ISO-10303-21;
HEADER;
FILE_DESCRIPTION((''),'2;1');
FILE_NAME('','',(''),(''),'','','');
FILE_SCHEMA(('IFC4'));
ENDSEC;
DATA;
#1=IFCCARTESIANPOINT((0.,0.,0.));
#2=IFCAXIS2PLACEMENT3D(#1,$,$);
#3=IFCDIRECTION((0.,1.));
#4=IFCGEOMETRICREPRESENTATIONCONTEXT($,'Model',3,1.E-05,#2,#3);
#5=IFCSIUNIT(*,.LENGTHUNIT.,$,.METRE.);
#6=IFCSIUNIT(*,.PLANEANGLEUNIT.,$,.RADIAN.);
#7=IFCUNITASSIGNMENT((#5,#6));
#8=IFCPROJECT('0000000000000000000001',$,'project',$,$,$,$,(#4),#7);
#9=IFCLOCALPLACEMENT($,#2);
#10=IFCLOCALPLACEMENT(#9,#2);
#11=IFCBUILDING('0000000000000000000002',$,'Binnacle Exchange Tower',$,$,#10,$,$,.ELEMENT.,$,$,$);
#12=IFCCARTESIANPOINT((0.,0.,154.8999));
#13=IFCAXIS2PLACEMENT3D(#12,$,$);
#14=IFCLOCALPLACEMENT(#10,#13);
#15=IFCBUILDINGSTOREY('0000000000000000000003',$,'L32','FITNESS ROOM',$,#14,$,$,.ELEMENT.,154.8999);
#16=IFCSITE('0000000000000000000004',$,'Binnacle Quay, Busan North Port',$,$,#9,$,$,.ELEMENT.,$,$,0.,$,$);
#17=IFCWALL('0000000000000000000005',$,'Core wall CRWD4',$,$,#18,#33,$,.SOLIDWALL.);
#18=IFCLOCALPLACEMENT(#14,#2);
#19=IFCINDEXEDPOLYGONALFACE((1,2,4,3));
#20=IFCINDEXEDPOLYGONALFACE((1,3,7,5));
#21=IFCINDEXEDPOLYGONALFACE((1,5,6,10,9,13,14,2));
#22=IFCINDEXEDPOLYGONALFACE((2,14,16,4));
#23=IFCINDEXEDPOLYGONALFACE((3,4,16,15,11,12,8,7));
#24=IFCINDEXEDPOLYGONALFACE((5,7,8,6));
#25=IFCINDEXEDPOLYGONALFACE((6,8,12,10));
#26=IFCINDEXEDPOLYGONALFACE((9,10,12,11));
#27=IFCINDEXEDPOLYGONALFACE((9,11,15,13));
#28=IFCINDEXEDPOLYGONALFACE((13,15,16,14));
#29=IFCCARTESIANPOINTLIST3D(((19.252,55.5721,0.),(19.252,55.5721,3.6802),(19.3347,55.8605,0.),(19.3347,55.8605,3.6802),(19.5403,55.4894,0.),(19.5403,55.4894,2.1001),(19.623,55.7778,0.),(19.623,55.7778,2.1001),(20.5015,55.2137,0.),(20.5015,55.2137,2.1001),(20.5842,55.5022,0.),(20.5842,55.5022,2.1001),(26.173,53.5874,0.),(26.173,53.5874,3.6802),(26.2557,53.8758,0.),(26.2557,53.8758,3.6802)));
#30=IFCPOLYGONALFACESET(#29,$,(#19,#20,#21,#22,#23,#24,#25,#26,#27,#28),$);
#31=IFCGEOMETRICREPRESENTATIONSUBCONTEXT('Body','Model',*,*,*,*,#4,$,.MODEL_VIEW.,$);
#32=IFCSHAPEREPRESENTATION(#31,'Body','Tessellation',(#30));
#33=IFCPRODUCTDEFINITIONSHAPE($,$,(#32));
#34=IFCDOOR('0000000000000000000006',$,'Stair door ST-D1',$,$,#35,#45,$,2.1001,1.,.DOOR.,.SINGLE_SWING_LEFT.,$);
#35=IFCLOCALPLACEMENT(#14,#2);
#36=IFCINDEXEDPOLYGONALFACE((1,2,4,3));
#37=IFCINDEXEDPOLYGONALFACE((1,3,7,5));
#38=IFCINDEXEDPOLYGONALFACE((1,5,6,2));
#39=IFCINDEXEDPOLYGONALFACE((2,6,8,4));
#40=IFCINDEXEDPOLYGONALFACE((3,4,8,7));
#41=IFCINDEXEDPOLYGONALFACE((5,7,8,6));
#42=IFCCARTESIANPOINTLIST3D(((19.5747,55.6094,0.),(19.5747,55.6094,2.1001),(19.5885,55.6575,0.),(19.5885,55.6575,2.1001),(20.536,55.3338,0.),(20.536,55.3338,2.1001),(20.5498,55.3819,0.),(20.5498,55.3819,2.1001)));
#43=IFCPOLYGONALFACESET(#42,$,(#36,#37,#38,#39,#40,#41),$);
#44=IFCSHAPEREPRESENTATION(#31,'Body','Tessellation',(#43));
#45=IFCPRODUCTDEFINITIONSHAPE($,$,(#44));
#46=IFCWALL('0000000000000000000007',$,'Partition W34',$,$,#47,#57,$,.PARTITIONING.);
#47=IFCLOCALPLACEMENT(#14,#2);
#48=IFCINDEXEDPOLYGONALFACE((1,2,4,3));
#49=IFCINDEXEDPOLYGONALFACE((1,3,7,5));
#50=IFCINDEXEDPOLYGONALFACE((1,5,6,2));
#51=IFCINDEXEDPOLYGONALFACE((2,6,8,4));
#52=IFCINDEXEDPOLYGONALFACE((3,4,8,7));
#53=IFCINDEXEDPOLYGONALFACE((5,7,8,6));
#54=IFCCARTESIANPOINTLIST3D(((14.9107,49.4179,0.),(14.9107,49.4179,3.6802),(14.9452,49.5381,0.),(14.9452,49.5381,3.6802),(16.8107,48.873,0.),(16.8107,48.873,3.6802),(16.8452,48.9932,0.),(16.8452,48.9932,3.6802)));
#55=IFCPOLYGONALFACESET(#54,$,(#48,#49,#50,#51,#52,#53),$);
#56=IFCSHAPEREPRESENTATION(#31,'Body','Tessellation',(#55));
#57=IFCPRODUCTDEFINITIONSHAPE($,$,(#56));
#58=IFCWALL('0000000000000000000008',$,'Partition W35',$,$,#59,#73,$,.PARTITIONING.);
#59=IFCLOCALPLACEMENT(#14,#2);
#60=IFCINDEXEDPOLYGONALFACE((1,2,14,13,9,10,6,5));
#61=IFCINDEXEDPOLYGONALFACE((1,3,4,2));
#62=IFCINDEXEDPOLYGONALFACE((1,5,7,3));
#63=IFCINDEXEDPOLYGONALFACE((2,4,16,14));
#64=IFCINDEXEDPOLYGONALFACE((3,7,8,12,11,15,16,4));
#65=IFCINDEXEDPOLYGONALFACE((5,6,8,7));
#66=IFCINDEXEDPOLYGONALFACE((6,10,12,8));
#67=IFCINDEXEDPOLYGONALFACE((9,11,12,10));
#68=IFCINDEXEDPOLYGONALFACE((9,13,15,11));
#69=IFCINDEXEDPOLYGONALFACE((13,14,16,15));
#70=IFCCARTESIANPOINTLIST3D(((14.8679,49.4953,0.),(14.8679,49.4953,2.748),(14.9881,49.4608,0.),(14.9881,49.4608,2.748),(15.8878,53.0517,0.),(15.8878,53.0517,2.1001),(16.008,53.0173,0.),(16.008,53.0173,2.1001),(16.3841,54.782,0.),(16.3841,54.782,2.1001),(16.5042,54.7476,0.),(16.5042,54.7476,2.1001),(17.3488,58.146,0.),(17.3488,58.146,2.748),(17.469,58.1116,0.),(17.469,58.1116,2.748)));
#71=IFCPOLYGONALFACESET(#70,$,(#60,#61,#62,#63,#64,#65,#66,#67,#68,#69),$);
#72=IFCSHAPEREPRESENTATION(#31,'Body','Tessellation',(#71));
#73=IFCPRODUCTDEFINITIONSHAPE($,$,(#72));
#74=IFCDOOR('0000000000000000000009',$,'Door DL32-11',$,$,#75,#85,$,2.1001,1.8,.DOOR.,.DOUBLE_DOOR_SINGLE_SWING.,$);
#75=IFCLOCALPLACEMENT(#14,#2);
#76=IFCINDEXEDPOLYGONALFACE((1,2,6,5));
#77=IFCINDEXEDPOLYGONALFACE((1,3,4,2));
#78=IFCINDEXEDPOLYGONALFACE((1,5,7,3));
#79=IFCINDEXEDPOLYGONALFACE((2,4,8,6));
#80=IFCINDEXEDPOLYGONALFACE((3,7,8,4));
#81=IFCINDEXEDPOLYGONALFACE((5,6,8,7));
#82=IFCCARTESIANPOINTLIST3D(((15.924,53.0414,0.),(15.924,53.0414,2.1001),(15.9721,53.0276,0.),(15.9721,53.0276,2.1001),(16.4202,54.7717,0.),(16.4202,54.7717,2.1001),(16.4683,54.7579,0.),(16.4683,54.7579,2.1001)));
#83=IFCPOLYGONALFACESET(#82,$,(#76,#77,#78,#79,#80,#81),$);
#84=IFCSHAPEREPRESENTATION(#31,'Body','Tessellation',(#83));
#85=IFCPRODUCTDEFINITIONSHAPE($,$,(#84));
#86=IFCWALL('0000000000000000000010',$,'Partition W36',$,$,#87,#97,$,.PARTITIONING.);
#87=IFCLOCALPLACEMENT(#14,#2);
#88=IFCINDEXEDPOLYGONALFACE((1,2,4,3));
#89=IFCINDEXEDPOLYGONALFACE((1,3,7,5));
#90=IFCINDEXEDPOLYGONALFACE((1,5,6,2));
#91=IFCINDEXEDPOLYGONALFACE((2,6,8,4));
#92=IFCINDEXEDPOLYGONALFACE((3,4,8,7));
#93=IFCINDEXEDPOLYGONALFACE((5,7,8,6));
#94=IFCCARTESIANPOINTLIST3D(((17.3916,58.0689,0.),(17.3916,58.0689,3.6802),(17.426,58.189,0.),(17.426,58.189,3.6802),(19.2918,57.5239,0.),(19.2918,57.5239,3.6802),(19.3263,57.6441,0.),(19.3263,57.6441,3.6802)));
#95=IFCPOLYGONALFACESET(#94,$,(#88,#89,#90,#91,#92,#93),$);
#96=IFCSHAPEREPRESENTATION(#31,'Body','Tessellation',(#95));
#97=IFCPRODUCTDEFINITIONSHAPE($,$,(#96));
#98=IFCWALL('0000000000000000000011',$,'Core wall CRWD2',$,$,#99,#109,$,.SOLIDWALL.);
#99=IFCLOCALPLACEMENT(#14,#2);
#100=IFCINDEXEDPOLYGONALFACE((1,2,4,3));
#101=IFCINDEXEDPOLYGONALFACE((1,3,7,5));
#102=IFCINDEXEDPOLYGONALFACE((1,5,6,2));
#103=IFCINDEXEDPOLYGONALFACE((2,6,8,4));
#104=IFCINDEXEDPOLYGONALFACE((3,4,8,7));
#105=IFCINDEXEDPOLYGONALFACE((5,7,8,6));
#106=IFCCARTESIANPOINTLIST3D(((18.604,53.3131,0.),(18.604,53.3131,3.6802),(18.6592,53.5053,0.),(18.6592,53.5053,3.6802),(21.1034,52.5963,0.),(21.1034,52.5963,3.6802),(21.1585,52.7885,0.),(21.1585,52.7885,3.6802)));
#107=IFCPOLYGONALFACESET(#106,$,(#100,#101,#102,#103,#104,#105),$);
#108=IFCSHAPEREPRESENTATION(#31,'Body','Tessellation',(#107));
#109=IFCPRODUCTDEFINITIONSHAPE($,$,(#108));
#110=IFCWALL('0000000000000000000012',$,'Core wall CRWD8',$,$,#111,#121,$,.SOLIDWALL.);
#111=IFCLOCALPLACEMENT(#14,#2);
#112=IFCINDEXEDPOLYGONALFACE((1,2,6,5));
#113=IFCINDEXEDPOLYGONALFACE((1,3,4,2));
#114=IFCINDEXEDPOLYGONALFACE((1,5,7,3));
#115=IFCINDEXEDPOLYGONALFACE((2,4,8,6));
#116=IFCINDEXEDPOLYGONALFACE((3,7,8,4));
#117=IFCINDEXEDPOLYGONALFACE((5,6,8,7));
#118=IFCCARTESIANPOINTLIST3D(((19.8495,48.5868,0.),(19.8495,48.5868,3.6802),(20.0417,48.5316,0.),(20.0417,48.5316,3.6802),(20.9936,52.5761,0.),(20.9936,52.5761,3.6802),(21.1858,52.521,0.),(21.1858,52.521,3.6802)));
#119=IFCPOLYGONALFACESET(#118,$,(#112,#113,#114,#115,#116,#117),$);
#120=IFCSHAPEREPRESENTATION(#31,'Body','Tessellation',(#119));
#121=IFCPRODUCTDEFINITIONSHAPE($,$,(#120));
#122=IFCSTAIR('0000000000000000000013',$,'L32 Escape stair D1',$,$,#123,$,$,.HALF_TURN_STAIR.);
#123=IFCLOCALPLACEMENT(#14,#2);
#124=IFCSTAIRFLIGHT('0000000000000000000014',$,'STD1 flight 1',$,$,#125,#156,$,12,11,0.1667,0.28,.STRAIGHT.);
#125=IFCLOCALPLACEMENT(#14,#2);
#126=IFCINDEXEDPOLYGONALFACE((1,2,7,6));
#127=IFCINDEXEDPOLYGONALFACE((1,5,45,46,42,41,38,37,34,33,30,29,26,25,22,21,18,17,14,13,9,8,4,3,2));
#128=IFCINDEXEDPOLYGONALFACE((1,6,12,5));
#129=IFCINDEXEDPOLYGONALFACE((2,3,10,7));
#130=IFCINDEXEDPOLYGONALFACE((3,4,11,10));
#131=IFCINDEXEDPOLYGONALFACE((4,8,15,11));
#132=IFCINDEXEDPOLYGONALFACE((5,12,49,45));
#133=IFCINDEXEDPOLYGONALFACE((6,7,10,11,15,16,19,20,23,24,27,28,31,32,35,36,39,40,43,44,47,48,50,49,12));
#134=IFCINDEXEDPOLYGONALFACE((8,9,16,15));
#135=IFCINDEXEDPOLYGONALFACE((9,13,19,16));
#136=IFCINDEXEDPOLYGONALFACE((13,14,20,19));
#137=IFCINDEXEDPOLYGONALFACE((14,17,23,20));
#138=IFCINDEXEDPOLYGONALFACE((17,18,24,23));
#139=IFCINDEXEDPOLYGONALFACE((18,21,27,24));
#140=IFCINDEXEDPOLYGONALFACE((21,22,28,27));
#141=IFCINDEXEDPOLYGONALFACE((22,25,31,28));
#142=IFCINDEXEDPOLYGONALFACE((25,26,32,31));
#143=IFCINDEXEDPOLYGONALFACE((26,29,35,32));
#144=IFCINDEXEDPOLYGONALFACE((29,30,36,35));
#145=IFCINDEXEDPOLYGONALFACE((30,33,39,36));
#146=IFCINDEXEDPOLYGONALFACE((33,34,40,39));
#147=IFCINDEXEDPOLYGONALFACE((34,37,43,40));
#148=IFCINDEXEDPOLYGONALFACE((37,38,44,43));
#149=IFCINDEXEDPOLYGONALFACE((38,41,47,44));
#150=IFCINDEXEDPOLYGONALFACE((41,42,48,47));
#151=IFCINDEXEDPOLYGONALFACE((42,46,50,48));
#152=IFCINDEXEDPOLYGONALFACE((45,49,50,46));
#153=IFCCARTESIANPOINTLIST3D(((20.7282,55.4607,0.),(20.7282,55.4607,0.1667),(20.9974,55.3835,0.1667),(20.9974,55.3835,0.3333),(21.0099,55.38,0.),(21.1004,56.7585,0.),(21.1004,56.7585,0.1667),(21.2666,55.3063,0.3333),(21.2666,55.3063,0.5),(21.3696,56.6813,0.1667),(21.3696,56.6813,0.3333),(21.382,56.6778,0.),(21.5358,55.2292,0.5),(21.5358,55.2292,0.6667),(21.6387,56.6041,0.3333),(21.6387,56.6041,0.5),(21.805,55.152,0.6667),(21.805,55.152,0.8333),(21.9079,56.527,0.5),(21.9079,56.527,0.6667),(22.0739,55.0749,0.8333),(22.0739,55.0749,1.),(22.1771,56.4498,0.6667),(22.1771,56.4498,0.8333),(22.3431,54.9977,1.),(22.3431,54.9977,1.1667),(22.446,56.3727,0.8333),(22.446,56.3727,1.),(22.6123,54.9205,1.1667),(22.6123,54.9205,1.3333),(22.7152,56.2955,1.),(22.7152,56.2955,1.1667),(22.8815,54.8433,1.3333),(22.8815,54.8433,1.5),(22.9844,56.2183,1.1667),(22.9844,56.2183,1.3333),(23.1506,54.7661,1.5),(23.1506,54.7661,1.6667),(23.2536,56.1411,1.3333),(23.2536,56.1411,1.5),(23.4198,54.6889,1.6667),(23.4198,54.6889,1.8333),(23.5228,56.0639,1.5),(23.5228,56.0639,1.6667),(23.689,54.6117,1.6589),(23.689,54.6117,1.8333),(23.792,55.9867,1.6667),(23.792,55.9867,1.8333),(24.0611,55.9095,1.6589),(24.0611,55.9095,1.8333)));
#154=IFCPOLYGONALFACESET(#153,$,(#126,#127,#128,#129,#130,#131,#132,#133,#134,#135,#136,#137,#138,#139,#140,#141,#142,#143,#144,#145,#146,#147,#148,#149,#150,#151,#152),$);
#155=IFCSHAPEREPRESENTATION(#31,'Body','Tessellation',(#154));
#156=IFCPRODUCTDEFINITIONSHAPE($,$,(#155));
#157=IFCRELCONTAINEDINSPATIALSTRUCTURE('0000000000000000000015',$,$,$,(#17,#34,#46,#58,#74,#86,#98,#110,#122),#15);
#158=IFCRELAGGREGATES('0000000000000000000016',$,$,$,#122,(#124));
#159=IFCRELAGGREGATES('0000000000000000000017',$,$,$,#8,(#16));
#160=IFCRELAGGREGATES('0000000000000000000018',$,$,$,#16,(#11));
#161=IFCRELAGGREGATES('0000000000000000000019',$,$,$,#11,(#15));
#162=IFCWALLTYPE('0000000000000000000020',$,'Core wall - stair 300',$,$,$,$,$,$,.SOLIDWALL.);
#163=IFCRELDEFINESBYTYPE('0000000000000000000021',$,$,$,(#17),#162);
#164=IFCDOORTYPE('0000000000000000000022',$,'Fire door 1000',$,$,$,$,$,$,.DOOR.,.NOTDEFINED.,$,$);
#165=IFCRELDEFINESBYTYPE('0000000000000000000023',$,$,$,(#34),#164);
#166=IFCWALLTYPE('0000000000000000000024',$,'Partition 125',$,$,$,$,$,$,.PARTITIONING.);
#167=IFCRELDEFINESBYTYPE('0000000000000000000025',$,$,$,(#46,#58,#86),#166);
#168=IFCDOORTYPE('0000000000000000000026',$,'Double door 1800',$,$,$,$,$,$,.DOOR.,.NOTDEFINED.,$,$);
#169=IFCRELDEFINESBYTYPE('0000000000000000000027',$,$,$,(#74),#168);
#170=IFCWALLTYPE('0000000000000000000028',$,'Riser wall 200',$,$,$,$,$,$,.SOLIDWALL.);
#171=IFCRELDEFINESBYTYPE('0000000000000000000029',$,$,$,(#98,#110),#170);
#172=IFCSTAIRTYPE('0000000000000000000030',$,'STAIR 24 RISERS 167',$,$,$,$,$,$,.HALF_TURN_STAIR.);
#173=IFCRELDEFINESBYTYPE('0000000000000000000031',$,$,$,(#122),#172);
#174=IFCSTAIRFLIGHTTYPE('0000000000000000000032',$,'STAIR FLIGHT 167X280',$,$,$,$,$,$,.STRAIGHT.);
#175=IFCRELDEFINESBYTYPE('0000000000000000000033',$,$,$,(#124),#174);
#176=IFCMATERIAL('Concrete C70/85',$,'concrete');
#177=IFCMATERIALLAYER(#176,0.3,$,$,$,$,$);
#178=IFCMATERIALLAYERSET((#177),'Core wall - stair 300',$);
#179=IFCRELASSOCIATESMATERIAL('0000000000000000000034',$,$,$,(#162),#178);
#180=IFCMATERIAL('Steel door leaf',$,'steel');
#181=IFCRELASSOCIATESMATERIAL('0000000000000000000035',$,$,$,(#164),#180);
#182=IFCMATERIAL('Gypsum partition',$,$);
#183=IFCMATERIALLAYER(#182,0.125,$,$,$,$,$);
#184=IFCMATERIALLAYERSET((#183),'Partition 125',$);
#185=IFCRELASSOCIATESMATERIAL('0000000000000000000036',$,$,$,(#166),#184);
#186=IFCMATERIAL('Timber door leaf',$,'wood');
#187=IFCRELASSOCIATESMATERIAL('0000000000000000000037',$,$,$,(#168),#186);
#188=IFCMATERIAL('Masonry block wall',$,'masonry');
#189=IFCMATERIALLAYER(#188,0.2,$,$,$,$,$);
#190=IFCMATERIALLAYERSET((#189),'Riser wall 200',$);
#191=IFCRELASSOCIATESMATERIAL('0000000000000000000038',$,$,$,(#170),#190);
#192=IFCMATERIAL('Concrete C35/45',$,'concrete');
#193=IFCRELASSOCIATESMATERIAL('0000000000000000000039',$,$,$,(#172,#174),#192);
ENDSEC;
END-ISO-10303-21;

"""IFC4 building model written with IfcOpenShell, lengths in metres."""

from ifc_helpers import new_model, si_unit, direction, frame, frame_2d, origin, place, context, subcontext, project, spatial, polyline, rectangle, outline, extrude, material, layer, layer_set, type_object, element, fill, aggregate, save


model = new_model("IFC4")

# Units and contexts
model_context = context("Model", 3, precision=1e-05, world=origin(), true_north=direction((0.0, 1.0)))
body_context = subcontext(model_context, "Body", "Model", "MODEL_VIEW")
ifc_project = project(units=[si_unit("LENGTHUNIT", "METRE"), si_unit("PLANEANGLEUNIT", "RADIAN")], contexts=[model_context])

# Site, building, storey
site_placement = place(None, origin())
site = spatial("IfcSite", under=ifc_project, at=site_placement, Name="Binnacle Quay, Busan North Port", CompositionType="ELEMENT", RefElevation=0.0)
building_placement = place(site_placement, origin())
building = spatial("IfcBuilding", under=site, at=building_placement, Name="Binnacle Exchange Tower", CompositionType="ELEMENT")
storey_placement = place(building_placement, frame((0.0, 0.0, 154.8999)))
storey = spatial("IfcBuildingStorey", under=building, at=storey_placement, Name="L32", Description="FITNESS ROOM", CompositionType="ELEMENT", Elevation=154.8999)

# Shared definitions
ifc_material_1 = material(Name="Concrete C70/85", Category="concrete")

# Shared definitions
ifc_material_2 = material(Name="Steel door leaf", Category="steel")

# Wall, opening, door
ifc_layer_1 = layer(ifc_material_1, 0.3)
ifc_layer_set_1 = layer_set([ifc_layer_1], Name="Core wall - stair 300")
wall_type_1 = type_object("IfcWallType", Name="Core wall - stair 300", PredefinedType="SOLIDWALL", material=ifc_layer_set_1)
wall_1_placement = place(storey_placement, frame((19.2932, 55.7163, 0.0), z_axis=(0.0, 0.0, 1.0), x_axis=(0.961259, -0.275648, 0.0)))
wall_1 = element("IfcWall", 1, at=wall_1_placement, inside=storey, type_object=wall_type_1, Name="Core wall CRWD4", PredefinedType="SOLIDWALL", context=body_context, shape_type="SweptSolid", body=[
    extrude(rectangle(XDim=7.2, YDim=0.3, at=frame_2d((3.6001, 0.0))), origin(), (0.0, 0.0, 1.0), 3.6802),
])
opening_1_placement = place(wall_1_placement, frame((0.3, 0.0, 0.0)))
opening_1 = element("IfcOpeningElement", 2, at=opening_1_placement, cuts=wall_1, PredefinedType="OPENING", context=body_context, shape_type="SweptSolid", body=[
    extrude(rectangle(XDim=1.0, YDim=2.1001, at=frame_2d((0.5, 1.05))), frame((0.0, 0.1599, 0.0), z_axis=(0.0, -1.0, 0.0), x_axis=(1.0, 0.0, 0.0)), (0.0, 0.0, 1.0), 0.3201),
])
door_type_1 = type_object("IfcDoorType", Name="Fire door 1000", OperationType="NOTDEFINED", PredefinedType="DOOR", material=ifc_material_2)
door_1_placement = place(opening_1_placement, origin())
door_1 = element("IfcDoor", 3, at=door_1_placement, inside=storey, type_object=door_type_1, Name="Stair door ST-D1", OperationType="SINGLE_SWING_LEFT", OverallHeight=2.1001, OverallWidth=1.0, PredefinedType="DOOR", context=body_context, shape_type="SweptSolid", body=[
    extrude(rectangle(XDim=1.0, YDim=2.1001, at=frame_2d((0.5, 1.05))), frame((0.0, 0.0249, 0.0), z_axis=(0.0, -1.0, 0.0), x_axis=(1.0, 0.0, 0.0)), (0.0, 0.0, 1.0), 0.05),
])
fill(opening_1, door_1)

# Wall
ifc_material_3 = material(Name="Gypsum partition")
ifc_layer_2 = layer(ifc_material_3, 0.125)
ifc_layer_set_2 = layer_set([ifc_layer_2], Name="Partition 125")
wall_type_2 = type_object("IfcWallType", Name="Partition 125", PredefinedType="PARTITIONING", material=ifc_layer_set_2)
wall_2_placement = place(storey_placement, frame((14.928, 49.478, 0.0), z_axis=(0.0, 0.0, 1.0), x_axis=(0.961244, -0.2757, 0.0)))
element("IfcWall", 4, at=wall_2_placement, inside=storey, type_object=wall_type_2, Name="Partition W34", PredefinedType="PARTITIONING", context=body_context, shape_type="SweptSolid", body=[
    extrude(rectangle(XDim=1.9766, YDim=0.125, at=frame_2d((0.9883, 0.0))), origin(), (0.0, 0.0, 1.0), 3.6802),
])

# Wall, opening, door
wall_3_placement = place(storey_placement, frame((14.928, 49.478, 0.0), z_axis=(0.0, 0.0, 1.0), x_axis=(0.275674, 0.961251, 0.0)))
wall_3 = element("IfcWall", 5, at=wall_3_placement, inside=storey, type_object=wall_type_2, Name="Partition W35", PredefinedType="PARTITIONING", context=body_context, shape_type="SweptSolid", body=[
    extrude(rectangle(XDim=8.9995, YDim=0.125, at=frame_2d((4.4998, 0.0))), origin(), (0.0, 0.0, 1.0), 2.748),
])
opening_2_placement = place(wall_3_placement, frame((3.7, 0.0, 0.0)))
opening_2 = element("IfcOpeningElement", 6, at=opening_2_placement, cuts=wall_3, PredefinedType="OPENING", context=body_context, shape_type="SweptSolid", body=[
    extrude(rectangle(XDim=1.8, YDim=2.1001, at=frame_2d((0.8999, 1.05))), frame((0.0, 0.0725, 0.0), z_axis=(0.0, -1.0, 0.0), x_axis=(1.0, 0.0, 0.0)), (0.0, 0.0, 1.0), 0.145),
])
ifc_material_4 = material(Name="Timber door leaf", Category="wood")
door_type_2 = type_object("IfcDoorType", Name="Double door 1800", OperationType="NOTDEFINED", PredefinedType="DOOR", material=ifc_material_4)
door_2_placement = place(opening_2_placement, origin())
door_2 = element("IfcDoor", 7, at=door_2_placement, inside=storey, type_object=door_type_2, Name="Door DL32-11", OperationType="DOUBLE_DOOR_SINGLE_SWING", OverallHeight=2.1001, OverallWidth=1.8, PredefinedType="DOOR", context=body_context, shape_type="SweptSolid", body=[
    extrude(rectangle(XDim=1.8, YDim=2.1001, at=frame_2d((0.8999, 1.05))), frame((0.0, 0.0249, 0.0), z_axis=(0.0, -1.0, 0.0), x_axis=(1.0, 0.0, 0.0)), (0.0, 0.0, 1.0), 0.05),
])
fill(opening_2, door_2)

# Walls
wall_4_placement = place(storey_placement, frame((17.4089, 58.1289, 0.0), z_axis=(0.0, 0.0, 1.0), x_axis=(0.961253, -0.275667, 0.0)))
element("IfcWall", 8, at=wall_4_placement, inside=storey, type_object=wall_type_2, Name="Partition W36", PredefinedType="PARTITIONING", context=body_context, shape_type="SweptSolid", body=[
    extrude(rectangle(XDim=1.9768, YDim=0.125, at=frame_2d((0.9883, 0.0))), origin(), (0.0, 0.0, 1.0), 3.6802),
])
ifc_material_5 = material(Name="Masonry block wall", Category="masonry")
ifc_layer_3 = layer(ifc_material_5, 0.2)
ifc_layer_set_3 = layer_set([ifc_layer_3], Name="Riser wall 200")
wall_type_3 = type_object("IfcWallType", Name="Riser wall 200", PredefinedType="SOLIDWALL", material=ifc_layer_set_3)
wall_5_placement = place(storey_placement, frame((18.6316, 53.4092, 0.0), z_axis=(0.0, 0.0, 1.0), x_axis=(0.961247, -0.275688, 0.0)))
element("IfcWall", 9, at=wall_5_placement, inside=storey, type_object=wall_type_3, Name="Core wall CRWD2", PredefinedType="SOLIDWALL", context=body_context, shape_type="SweptSolid", body=[
    extrude(rectangle(XDim=2.6001, YDim=0.2, at=frame_2d((1.3, 0.0))), origin(), (0.0, 0.0, 1.0), 3.6802),
])
wall_6_placement = place(storey_placement, frame((19.9456, 48.5591, 0.0), z_axis=(0.0, 0.0, 1.0), x_axis=(0.275669, 0.961253, 0.0)))
element("IfcWall", 10, at=wall_6_placement, inside=storey, type_object=wall_type_3, Name="Core wall CRWD8", PredefinedType="SOLIDWALL", context=body_context, shape_type="SweptSolid", body=[
    extrude(rectangle(XDim=4.1501, YDim=0.2, at=frame_2d((2.0752, 0.0))), origin(), (0.0, 0.0, 1.0), 3.6802),
])

# Stair, stair flight
ifc_material_6 = material(Name="Concrete C35/45", Category="concrete")
stair_type = type_object("IfcStairType", Name="STAIR 24 RISERS 167", PredefinedType="HALF_TURN_STAIR", material=ifc_material_6)
stair_placement = place(storey_placement, origin())
stair = element("IfcStair", 11, at=stair_placement, inside=storey, type_object=stair_type, Name="L32 Escape stair D1", PredefinedType="HALF_TURN_STAIR")
stair_flight_type = type_object("IfcStairFlightType", Name="STAIR FLIGHT 167X280", PredefinedType="STRAIGHT", material=ifc_material_6)
stair_flight_placement = place(storey_placement, frame((20.9143, 56.1096, 0.0), z_axis=(0.0, 0.0, 1.0), x_axis=(0.961262, -0.275637, 0.0)))
stair_flight = element("IfcStairFlight", 12, at=stair_flight_placement, type_object=stair_flight_type, Name="STD1 flight 1", NumberOfRisers=12, NumberOfTreads=11, PredefinedType="STRAIGHT", RiserHeight=0.1667, TreadLength=0.28, context=body_context, shape_type="SweptSolid", body=[
    extrude(outline(polyline([(0.0, 0.0), (0.0, 0.1667), (0.28, 0.1667), (0.28, 0.3333), (0.5601, 0.3333), (0.5601, 0.5), (0.8401, 0.5), (0.8401, 0.6667), (1.1201, 0.6667), (1.1201, 0.8333), (1.3999, 0.8333), (1.3999, 1.0), (1.6799, 1.0), (1.6799, 1.1667), (1.96, 1.1667), (1.96, 1.3333), (2.24, 1.3333), (2.24, 1.5), (2.52, 1.5), (2.52, 1.6667), (2.8, 1.6667), (2.8, 1.8333), (3.0801, 1.8333), (3.0801, 2.0), (3.0801, 1.6589), (0.293, 0.0), (0.0, 0.0)])), frame((0.0, 0.675, 0.0), z_axis=(0.0, -1.0, 0.0), x_axis=(1.0, 0.0, 0.0)), (0.0, 0.0, 1.0), 1.3501),
])
aggregate(stair, [stair_flight])

save(model, "model.ifc")
